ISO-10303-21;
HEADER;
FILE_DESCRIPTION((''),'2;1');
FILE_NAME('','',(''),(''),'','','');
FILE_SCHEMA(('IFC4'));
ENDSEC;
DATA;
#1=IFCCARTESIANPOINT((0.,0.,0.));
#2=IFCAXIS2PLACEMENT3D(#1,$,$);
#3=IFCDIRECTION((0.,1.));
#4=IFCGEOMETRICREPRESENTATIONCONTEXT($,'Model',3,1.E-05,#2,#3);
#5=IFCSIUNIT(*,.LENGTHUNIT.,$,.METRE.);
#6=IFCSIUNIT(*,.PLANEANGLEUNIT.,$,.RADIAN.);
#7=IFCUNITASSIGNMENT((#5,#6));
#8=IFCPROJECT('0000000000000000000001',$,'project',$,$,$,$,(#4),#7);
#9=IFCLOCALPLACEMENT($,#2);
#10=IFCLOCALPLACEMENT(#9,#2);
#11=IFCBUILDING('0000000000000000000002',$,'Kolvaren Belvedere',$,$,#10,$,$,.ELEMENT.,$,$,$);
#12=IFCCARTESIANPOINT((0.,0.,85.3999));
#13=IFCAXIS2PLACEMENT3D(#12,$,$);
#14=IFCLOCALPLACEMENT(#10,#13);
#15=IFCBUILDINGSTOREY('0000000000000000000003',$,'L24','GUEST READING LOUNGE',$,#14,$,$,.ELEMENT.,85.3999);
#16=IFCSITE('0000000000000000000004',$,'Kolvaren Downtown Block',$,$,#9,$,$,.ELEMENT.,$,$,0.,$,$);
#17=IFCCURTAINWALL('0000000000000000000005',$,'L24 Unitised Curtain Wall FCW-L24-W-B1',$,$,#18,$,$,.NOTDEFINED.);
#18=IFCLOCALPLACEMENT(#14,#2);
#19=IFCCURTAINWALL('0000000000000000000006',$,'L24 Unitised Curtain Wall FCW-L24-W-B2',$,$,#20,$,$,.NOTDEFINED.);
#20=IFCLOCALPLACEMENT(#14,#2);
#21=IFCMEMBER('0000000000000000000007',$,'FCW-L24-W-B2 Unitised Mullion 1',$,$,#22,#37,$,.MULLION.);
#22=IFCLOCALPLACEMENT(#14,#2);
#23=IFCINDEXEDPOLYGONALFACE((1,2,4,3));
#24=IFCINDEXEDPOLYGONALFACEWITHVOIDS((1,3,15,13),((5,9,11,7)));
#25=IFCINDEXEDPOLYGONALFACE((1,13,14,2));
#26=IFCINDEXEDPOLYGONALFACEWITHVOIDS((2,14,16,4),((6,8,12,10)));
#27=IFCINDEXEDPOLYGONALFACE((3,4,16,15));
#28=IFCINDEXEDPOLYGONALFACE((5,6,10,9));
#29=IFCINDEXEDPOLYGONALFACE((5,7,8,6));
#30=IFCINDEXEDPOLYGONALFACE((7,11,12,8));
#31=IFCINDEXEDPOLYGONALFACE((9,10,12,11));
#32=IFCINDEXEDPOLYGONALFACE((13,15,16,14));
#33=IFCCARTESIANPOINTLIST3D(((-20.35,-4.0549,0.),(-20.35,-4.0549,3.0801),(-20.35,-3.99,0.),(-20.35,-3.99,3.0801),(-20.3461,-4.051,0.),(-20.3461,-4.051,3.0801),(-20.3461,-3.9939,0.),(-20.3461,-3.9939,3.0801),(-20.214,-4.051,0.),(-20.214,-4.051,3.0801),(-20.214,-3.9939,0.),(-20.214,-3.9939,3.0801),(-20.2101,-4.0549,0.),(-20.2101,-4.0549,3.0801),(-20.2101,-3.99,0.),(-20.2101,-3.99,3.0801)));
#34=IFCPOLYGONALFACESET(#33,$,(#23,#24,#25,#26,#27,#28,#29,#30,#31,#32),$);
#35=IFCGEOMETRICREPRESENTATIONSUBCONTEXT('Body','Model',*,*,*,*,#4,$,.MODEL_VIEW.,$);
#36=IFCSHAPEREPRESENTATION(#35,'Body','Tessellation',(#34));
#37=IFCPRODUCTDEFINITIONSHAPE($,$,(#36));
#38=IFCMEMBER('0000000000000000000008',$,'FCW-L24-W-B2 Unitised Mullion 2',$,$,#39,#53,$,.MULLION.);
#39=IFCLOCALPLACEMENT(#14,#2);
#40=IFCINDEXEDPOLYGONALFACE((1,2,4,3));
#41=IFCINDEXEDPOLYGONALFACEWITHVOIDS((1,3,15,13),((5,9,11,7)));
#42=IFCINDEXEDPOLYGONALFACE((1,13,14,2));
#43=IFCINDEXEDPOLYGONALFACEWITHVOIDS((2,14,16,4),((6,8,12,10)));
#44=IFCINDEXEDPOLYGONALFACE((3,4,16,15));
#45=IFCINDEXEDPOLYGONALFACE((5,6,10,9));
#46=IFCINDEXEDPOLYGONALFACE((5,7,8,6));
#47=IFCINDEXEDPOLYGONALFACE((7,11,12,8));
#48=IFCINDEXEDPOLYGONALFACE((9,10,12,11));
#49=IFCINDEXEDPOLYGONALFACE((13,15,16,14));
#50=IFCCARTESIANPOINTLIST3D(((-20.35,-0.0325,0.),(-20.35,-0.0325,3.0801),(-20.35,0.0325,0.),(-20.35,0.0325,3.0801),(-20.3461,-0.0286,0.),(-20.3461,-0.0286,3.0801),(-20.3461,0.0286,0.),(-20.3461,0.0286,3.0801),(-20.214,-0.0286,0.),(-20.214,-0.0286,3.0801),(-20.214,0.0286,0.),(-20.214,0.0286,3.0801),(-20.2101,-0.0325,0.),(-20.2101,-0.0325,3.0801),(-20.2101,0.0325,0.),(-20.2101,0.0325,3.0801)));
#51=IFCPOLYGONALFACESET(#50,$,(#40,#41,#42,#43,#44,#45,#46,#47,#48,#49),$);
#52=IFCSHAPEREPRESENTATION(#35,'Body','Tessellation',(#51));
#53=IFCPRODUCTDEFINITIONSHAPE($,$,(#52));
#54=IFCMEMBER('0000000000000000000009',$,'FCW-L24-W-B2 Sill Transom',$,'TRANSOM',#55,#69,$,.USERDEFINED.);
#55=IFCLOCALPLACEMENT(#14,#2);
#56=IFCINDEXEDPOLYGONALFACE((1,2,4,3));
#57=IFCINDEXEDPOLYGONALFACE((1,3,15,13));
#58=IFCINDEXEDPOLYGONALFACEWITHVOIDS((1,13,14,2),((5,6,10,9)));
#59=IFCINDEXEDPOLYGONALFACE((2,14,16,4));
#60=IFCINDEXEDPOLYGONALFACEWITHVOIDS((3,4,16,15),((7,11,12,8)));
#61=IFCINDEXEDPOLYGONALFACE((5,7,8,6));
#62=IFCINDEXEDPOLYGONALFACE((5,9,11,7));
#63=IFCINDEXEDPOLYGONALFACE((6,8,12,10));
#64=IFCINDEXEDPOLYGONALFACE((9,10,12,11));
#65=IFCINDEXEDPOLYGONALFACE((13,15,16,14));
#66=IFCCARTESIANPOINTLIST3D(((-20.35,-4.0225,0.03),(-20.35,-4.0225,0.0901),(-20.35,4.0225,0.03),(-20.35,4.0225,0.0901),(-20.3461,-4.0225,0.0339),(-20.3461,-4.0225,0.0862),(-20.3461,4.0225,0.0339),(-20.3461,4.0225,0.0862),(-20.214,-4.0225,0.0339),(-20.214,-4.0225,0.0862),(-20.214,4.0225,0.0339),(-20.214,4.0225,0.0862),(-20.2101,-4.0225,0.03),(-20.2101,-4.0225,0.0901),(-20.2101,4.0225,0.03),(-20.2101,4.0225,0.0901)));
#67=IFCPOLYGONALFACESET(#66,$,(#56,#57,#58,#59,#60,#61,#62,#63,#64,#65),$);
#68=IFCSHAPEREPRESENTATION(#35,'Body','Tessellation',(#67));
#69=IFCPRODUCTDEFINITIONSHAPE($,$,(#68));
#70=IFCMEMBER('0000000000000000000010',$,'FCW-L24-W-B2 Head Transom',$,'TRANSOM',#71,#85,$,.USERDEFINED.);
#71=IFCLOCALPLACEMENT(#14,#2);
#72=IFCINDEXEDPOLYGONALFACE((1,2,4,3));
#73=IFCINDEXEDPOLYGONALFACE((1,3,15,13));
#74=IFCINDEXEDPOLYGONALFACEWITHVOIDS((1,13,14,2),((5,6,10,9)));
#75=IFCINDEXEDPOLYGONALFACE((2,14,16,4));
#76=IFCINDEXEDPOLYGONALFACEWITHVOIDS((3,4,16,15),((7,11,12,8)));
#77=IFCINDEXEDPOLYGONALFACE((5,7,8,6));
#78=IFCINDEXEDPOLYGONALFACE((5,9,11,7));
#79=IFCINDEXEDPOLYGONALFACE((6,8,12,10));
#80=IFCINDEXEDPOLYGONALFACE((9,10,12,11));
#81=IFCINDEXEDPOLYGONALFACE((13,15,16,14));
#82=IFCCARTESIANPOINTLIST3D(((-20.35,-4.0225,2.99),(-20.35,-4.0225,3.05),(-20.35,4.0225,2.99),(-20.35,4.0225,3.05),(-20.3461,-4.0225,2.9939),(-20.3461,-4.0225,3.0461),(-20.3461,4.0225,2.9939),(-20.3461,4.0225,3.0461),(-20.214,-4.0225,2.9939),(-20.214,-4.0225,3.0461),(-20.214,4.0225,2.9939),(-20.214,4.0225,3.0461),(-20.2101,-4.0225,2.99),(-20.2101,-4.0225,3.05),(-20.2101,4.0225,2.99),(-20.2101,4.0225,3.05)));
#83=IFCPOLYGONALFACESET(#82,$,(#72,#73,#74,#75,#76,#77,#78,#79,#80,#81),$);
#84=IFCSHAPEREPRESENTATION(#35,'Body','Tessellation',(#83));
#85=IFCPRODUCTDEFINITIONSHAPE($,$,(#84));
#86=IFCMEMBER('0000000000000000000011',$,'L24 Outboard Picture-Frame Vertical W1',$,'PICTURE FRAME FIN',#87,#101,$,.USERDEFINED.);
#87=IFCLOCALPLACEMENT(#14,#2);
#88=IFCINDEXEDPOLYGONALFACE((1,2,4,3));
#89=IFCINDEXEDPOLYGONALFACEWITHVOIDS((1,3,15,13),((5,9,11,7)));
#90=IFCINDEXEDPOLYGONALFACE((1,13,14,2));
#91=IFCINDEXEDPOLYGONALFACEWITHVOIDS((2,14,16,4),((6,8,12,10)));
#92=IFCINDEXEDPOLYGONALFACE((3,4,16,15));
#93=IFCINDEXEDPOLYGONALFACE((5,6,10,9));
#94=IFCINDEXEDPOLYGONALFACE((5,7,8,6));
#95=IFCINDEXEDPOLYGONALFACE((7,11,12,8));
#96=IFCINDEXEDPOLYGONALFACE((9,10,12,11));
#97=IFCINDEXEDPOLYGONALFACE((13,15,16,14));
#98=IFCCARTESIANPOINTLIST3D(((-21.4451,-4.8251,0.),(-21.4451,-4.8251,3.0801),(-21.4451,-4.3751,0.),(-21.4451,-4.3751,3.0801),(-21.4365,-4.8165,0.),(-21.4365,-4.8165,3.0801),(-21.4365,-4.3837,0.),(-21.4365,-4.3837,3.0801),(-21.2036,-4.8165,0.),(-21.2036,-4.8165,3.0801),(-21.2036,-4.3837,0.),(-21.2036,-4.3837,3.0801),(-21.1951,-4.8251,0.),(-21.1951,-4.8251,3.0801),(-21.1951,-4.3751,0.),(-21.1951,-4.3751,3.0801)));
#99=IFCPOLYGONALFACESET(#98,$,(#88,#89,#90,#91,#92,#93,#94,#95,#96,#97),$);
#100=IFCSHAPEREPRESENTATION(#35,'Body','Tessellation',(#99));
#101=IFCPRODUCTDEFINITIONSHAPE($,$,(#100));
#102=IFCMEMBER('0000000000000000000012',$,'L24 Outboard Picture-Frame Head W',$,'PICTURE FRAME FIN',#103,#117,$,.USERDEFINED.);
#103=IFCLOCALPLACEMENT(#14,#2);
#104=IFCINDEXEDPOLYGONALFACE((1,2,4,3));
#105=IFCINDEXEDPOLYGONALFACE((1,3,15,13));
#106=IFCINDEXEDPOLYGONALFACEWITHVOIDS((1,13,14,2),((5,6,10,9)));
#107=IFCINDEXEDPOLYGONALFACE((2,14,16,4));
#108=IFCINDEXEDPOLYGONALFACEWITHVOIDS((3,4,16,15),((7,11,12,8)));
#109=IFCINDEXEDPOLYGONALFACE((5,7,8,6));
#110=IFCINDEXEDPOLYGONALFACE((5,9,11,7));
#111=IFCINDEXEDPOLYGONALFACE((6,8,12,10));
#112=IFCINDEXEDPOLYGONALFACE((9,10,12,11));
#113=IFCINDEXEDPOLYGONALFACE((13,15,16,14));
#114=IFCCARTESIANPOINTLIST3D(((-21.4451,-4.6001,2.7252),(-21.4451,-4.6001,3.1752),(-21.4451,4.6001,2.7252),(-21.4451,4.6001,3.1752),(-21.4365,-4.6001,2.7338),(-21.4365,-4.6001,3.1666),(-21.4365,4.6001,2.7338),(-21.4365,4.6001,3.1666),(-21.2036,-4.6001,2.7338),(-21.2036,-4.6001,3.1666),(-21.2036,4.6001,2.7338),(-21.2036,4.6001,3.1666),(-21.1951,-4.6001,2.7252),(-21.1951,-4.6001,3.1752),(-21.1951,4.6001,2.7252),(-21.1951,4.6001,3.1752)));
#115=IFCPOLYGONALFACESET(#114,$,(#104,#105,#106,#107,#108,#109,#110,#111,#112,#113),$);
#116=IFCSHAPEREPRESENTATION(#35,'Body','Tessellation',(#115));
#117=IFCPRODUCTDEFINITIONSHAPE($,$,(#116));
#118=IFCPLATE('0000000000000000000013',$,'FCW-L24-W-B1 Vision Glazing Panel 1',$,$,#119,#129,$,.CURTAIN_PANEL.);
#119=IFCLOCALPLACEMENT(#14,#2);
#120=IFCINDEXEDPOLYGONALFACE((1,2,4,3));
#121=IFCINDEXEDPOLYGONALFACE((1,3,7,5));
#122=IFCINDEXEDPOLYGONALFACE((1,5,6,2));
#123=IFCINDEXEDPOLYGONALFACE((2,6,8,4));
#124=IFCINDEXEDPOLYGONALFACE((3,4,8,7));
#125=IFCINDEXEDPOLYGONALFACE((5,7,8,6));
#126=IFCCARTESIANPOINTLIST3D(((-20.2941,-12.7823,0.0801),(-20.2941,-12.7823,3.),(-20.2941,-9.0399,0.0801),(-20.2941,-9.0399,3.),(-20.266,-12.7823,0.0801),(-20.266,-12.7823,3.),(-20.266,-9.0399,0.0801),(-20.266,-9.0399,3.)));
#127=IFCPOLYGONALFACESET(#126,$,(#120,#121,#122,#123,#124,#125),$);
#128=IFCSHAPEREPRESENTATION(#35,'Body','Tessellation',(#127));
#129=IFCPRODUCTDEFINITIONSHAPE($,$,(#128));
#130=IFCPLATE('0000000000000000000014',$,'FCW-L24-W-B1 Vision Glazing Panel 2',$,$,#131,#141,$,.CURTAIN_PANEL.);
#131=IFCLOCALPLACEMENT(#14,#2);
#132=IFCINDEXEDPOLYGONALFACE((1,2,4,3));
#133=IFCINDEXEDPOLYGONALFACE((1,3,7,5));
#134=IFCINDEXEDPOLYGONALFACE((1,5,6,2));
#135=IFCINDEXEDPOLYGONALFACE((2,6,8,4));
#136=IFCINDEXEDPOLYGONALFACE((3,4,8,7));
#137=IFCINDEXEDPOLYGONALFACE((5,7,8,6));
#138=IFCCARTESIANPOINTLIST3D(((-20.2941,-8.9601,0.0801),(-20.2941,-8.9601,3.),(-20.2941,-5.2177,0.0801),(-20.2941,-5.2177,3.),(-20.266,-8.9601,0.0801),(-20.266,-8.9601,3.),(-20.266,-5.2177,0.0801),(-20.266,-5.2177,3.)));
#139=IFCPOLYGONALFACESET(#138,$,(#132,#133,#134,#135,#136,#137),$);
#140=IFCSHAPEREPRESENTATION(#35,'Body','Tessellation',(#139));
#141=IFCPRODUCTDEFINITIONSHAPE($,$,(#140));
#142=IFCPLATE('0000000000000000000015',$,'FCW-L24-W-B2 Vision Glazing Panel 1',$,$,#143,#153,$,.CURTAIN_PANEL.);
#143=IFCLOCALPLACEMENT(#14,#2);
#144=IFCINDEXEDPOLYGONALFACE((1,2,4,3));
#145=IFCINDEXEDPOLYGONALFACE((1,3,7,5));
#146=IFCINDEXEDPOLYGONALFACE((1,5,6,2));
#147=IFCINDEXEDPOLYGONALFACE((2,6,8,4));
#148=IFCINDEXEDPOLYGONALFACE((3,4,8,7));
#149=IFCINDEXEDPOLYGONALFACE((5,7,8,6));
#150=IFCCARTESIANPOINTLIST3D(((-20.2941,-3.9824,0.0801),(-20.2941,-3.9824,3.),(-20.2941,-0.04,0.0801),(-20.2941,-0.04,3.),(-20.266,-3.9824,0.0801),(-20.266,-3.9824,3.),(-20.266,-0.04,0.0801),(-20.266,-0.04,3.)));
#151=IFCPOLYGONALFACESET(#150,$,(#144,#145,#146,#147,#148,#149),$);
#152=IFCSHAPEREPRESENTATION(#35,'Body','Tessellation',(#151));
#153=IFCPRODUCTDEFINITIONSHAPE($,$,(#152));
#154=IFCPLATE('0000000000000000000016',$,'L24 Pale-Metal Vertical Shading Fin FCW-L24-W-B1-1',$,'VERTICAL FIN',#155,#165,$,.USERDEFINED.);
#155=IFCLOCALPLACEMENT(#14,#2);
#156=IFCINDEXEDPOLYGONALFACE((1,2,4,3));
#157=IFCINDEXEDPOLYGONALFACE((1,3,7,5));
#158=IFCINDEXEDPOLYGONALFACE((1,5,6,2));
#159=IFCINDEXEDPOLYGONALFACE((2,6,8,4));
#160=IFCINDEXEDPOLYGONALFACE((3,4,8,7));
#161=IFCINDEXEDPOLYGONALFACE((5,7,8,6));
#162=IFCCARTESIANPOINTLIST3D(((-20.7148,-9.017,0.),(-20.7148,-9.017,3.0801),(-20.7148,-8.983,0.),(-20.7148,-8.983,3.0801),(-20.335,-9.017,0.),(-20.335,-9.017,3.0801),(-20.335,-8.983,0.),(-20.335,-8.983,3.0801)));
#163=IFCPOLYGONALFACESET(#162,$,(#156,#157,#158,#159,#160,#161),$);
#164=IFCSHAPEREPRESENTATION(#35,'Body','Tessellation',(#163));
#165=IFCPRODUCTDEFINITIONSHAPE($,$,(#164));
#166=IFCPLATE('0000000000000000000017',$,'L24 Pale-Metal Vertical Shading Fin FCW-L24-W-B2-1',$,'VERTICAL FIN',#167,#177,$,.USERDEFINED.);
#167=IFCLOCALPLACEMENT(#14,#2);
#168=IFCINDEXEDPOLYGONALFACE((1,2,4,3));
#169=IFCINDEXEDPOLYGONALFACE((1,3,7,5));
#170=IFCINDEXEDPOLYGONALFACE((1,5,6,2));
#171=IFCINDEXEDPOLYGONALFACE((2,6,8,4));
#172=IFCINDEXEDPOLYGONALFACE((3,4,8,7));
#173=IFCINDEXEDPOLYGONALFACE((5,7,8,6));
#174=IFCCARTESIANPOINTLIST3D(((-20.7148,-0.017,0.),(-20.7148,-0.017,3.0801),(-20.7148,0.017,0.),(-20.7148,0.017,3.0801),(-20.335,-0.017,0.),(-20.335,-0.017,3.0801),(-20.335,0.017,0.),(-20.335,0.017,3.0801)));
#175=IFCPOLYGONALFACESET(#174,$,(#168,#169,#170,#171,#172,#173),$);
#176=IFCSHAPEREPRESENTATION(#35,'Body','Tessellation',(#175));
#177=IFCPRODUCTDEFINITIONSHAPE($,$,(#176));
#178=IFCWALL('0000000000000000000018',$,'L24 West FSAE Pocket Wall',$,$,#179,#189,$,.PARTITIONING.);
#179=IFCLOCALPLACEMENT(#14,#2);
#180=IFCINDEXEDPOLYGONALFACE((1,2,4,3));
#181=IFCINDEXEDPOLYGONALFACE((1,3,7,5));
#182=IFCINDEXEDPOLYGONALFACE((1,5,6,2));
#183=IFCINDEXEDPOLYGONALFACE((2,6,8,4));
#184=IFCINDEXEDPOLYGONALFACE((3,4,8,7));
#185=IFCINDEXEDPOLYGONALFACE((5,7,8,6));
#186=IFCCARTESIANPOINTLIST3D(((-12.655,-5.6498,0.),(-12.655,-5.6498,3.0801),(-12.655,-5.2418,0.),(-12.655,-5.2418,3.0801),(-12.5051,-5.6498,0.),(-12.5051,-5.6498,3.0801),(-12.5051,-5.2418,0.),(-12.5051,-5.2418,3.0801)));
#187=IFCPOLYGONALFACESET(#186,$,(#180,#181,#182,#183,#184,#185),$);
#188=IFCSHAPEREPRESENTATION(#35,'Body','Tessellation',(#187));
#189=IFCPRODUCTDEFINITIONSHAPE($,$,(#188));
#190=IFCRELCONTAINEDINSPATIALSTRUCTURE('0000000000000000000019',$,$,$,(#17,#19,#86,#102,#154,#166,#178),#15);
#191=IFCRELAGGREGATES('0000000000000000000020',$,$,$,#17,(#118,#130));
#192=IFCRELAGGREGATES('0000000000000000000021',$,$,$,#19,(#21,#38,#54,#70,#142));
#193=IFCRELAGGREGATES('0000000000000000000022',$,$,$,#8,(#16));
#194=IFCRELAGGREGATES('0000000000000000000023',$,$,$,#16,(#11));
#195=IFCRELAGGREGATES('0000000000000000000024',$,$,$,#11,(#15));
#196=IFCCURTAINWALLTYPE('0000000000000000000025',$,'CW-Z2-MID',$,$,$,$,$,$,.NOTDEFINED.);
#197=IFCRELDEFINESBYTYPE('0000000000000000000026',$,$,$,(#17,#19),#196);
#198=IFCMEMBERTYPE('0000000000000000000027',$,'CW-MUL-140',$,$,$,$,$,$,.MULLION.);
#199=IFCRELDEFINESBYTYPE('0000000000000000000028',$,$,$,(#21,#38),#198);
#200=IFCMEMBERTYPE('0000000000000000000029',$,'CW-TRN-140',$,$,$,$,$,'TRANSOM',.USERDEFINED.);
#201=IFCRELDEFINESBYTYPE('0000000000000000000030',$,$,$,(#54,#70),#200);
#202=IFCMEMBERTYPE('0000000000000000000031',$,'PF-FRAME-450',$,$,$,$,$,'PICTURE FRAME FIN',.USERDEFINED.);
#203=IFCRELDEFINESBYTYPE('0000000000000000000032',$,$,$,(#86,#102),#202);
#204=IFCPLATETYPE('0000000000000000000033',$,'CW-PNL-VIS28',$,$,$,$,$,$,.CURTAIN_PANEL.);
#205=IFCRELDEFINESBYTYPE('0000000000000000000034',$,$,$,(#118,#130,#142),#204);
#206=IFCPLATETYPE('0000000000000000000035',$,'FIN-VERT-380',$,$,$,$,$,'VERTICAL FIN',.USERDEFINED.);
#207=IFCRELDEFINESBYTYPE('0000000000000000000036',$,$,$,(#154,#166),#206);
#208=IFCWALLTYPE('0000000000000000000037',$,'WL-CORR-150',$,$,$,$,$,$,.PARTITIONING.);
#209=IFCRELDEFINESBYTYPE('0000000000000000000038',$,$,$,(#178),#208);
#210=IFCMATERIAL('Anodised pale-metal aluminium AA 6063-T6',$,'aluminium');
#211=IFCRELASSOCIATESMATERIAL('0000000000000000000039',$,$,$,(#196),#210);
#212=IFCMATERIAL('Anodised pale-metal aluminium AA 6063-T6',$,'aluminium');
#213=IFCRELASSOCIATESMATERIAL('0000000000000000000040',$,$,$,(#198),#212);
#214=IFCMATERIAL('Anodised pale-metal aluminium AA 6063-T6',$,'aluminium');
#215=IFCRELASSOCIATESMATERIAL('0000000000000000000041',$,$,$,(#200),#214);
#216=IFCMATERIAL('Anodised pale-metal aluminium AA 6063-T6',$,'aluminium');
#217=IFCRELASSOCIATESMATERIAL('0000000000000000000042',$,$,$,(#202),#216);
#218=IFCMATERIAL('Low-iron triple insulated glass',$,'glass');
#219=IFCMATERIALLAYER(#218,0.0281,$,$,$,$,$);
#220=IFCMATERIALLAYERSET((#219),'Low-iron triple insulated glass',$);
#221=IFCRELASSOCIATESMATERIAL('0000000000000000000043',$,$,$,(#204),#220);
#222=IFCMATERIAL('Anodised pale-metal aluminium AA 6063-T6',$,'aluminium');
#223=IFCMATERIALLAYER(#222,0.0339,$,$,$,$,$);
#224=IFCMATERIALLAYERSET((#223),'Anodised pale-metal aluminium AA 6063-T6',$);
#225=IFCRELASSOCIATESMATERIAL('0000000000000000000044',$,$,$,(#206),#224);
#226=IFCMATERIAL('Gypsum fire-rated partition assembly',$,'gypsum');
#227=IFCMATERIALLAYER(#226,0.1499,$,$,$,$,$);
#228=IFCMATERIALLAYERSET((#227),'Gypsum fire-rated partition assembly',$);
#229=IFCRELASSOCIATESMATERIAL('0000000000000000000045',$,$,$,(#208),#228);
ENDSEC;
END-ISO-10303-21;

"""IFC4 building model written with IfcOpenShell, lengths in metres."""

from ifc_helpers import new_model, si_unit, direction, frame, frame_2d, origin, origin_2d, place, context, subcontext, project, spatial, rectangle, hollow_rectangle, extrude, material, layer, layer_set, material_profile, profile_set, type_object, element, aggregate, save


model = new_model("IFC4")

# Units and contexts
model_context = context("Model", 3, precision=1e-05, world=origin(), true_north=direction((0.0, 1.0)))
body_context = subcontext(model_context, "Body", "Model", "MODEL_VIEW")
ifc_project = project(units=[si_unit("LENGTHUNIT", "METRE"), si_unit("PLANEANGLEUNIT", "RADIAN")], contexts=[model_context])

# Site, building, storey
site_placement = place(None, origin())
site = spatial("IfcSite", under=ifc_project, at=site_placement, Name="Kolvaren Downtown Block", CompositionType="ELEMENT", RefElevation=0.0)
building_placement = place(site_placement, origin())
building = spatial("IfcBuilding", under=site, at=building_placement, Name="Kolvaren Belvedere", CompositionType="ELEMENT")
storey_placement = place(building_placement, frame((0.0, 0.0, 85.3999)))
storey = spatial("IfcBuildingStorey", under=building, at=storey_placement, Name="L24", Description="GUEST READING LOUNGE", CompositionType="ELEMENT", Elevation=85.3999)

# Curtain walls, members
ifc_material_1 = material(Name="Anodised pale-metal aluminium AA 6063-T6", Category="aluminium")
curtain_wall_type = type_object("IfcCurtainWallType", Name="CW-Z2-MID", PredefinedType="NOTDEFINED", material=ifc_material_1)
curtain_wall_1_placement = place(storey_placement, origin())
curtain_wall_1 = element("IfcCurtainWall", 1, at=curtain_wall_1_placement, inside=storey, type_object=curtain_wall_type, Name="L24 Unitised Curtain Wall FCW-L24-W-B1", PredefinedType="NOTDEFINED")
ifc_material_2 = material(Name="Anodised pale-metal aluminium AA 6063-T6", Category="aluminium")
ifc_material_profile_1 = material_profile(ifc_material_2, hollow_rectangle(XDim=0.0649, YDim=0.1399, WallThickness=0.0039, at=origin_2d()), Name="ALU-MUL-140X65")
ifc_profile_set_1 = profile_set([ifc_material_profile_1], Name="Anodised pale-metal aluminium AA 6063-T6")
member_type_1 = type_object("IfcMemberType", Name="CW-MUL-140", PredefinedType="MULLION", material=ifc_profile_set_1)
curtain_wall_2_placement = place(storey_placement, origin())
curtain_wall_2 = element("IfcCurtainWall", 2, at=curtain_wall_2_placement, inside=storey, type_object=curtain_wall_type, Name="L24 Unitised Curtain Wall FCW-L24-W-B2", PredefinedType="NOTDEFINED")
member_1_placement = place(storey_placement, frame((-20.28, -4.0225, 0.0), z_axis=(0.0, 0.0, 1.0), x_axis=(0.0, 1.0, 0.0)))
member_1 = element("IfcMember", 3, at=member_1_placement, type_object=member_type_1, Name="FCW-L24-W-B2 Unitised Mullion 1", PredefinedType="MULLION", context=body_context, shape_type="SweptSolid", body=[
    extrude(hollow_rectangle(XDim=0.0649, YDim=0.1399, WallThickness=0.0039, at=origin_2d()), origin(), (0.0, 0.0, 1.0), 3.0801),
])
member_2_placement = place(storey_placement, frame((-20.28, 0.0, 0.0), z_axis=(0.0, 0.0, 1.0), x_axis=(0.0, 1.0, 0.0)))
member_2 = element("IfcMember", 4, at=member_2_placement, type_object=member_type_1, Name="FCW-L24-W-B2 Unitised Mullion 2", PredefinedType="MULLION", context=body_context, shape_type="SweptSolid", body=[
    extrude(hollow_rectangle(XDim=0.0649, YDim=0.1399, WallThickness=0.0039, at=origin_2d()), origin(), (0.0, 0.0, 1.0), 3.0801),
])
ifc_material_3 = material(Name="Anodised pale-metal aluminium AA 6063-T6", Category="aluminium")
ifc_material_profile_2 = material_profile(ifc_material_3, hollow_rectangle(XDim=0.0601, YDim=0.1399, WallThickness=0.0039, at=origin_2d()), Name="ALU-TRN-140X60")
ifc_profile_set_2 = profile_set([ifc_material_profile_2], Name="Anodised pale-metal aluminium AA 6063-T6")
member_type_2 = type_object("IfcMemberType", Name="CW-TRN-140", ElementType="TRANSOM", PredefinedType="USERDEFINED", material=ifc_profile_set_2)
member_3_placement = place(storey_placement, frame((-20.28, -4.0225, 0.0601), z_axis=(0.0, 1.0, 0.0), x_axis=(0.0, 0.0, 1.0)))
member_3 = element("IfcMember", 5, at=member_3_placement, type_object=member_type_2, Name="FCW-L24-W-B2 Sill Transom", ObjectType="TRANSOM", PredefinedType="USERDEFINED", context=body_context, shape_type="SweptSolid", body=[
    extrude(hollow_rectangle(XDim=0.0601, YDim=0.1399, WallThickness=0.0039, at=origin_2d()), origin(), (0.0, 0.0, 1.0), 8.0449),
])
member_4_placement = place(storey_placement, frame((-20.28, -4.0225, 3.02), z_axis=(0.0, 1.0, 0.0), x_axis=(0.0, 0.0, 1.0)))
member_4 = element("IfcMember", 6, at=member_4_placement, type_object=member_type_2, Name="FCW-L24-W-B2 Head Transom", ObjectType="TRANSOM", PredefinedType="USERDEFINED", context=body_context, shape_type="SweptSolid", body=[
    extrude(hollow_rectangle(XDim=0.0601, YDim=0.1399, WallThickness=0.0039, at=origin_2d()), origin(), (0.0, 0.0, 1.0), 8.0449),
])

# Members
ifc_material_4 = material(Name="Anodised pale-metal aluminium AA 6063-T6", Category="aluminium")
ifc_material_profile_3 = material_profile(ifc_material_4, hollow_rectangle(XDim=0.25, YDim=0.45, WallThickness=0.0085, at=origin_2d()), Name="ALU-PF-450X250")
ifc_profile_set_3 = profile_set([ifc_material_profile_3], Name="Anodised pale-metal aluminium AA 6063-T6")
member_type_3 = type_object("IfcMemberType", Name="PF-FRAME-450", ElementType="PICTURE FRAME FIN", PredefinedType="USERDEFINED", material=ifc_profile_set_3)
member_5_placement = place(storey_placement, frame((-21.3201, -4.6001, 0.0), z_axis=(0.0, 0.0, 1.0), x_axis=(1.0, 0.0, 0.0)))
element("IfcMember", 7, at=member_5_placement, inside=storey, type_object=member_type_3, Name="L24 Outboard Picture-Frame Vertical W1", ObjectType="PICTURE FRAME FIN", PredefinedType="USERDEFINED", context=body_context, shape_type="SweptSolid", body=[
    extrude(hollow_rectangle(XDim=0.25, YDim=0.45, WallThickness=0.0085, at=origin_2d()), origin(), (0.0, 0.0, 1.0), 3.0801),
])
member_6_placement = place(storey_placement, frame((-21.3201, -4.6001, 2.9502), z_axis=(0.0, 1.0, 0.0), x_axis=(-1.0, 0.0, 0.0)))
element("IfcMember", 8, at=member_6_placement, inside=storey, type_object=member_type_3, Name="L24 Outboard Picture-Frame Head W", ObjectType="PICTURE FRAME FIN", PredefinedType="USERDEFINED", context=body_context, shape_type="SweptSolid", body=[
    extrude(hollow_rectangle(XDim=0.25, YDim=0.45, WallThickness=0.0085, at=origin_2d()), origin(), (0.0, 0.0, 1.0), 9.2002),
])

# Plates
ifc_material_5 = material(Name="Low-iron triple insulated glass", Category="glass")
ifc_layer_1 = layer(ifc_material_5, 0.0281)
ifc_layer_set_1 = layer_set([ifc_layer_1], Name="Low-iron triple insulated glass")
plate_type_1 = type_object("IfcPlateType", Name="CW-PNL-VIS28", PredefinedType="CURTAIN_PANEL", material=ifc_layer_set_1)
plate_1_placement = place(storey_placement, frame((-20.28, -10.9111, 0.0801), z_axis=(0.0, 0.0, 1.0), x_axis=(0.0, 1.0, 0.0)))
plate_1 = element("IfcPlate", 9, at=plate_1_placement, type_object=plate_type_1, Name="FCW-L24-W-B1 Vision Glazing Panel 1", PredefinedType="CURTAIN_PANEL", context=body_context, shape_type="SweptSolid", body=[
    extrude(rectangle(XDim=3.7424, YDim=0.0281, at=origin_2d()), origin(), (0.0, 0.0, 1.0), 2.9199),
])
plate_2_placement = place(storey_placement, frame((-20.28, -7.0889, 0.0801), z_axis=(0.0, 0.0, 1.0), x_axis=(0.0, 1.0, 0.0)))
plate_2 = element("IfcPlate", 10, at=plate_2_placement, type_object=plate_type_1, Name="FCW-L24-W-B1 Vision Glazing Panel 2", PredefinedType="CURTAIN_PANEL", context=body_context, shape_type="SweptSolid", body=[
    extrude(rectangle(XDim=3.7424, YDim=0.0281, at=origin_2d()), origin(), (0.0, 0.0, 1.0), 2.9199),
])
aggregate(curtain_wall_1, [plate_1, plate_2])
plate_3_placement = place(storey_placement, frame((-20.28, -2.0112, 0.0801), z_axis=(0.0, 0.0, 1.0), x_axis=(0.0, 1.0, 0.0)))
plate_3 = element("IfcPlate", 11, at=plate_3_placement, type_object=plate_type_1, Name="FCW-L24-W-B2 Vision Glazing Panel 1", PredefinedType="CURTAIN_PANEL", context=body_context, shape_type="SweptSolid", body=[
    extrude(rectangle(XDim=3.9424, YDim=0.0281, at=origin_2d()), origin(), (0.0, 0.0, 1.0), 2.9199),
])
aggregate(curtain_wall_2, [member_1, member_2, member_3, member_4, plate_3])

# Plates
ifc_material_6 = material(Name="Anodised pale-metal aluminium AA 6063-T6", Category="aluminium")
ifc_layer_2 = layer(ifc_material_6, 0.0339)
ifc_layer_set_2 = layer_set([ifc_layer_2], Name="Anodised pale-metal aluminium AA 6063-T6")
plate_type_2 = type_object("IfcPlateType", Name="FIN-VERT-380", ElementType="VERTICAL FIN", PredefinedType="USERDEFINED", material=ifc_layer_set_2)
for number, where, z_axis, x_axis, name in (
    (12, (-20.5249, -9.0, 0.0), (0.0, 0.0, 1.0), (1.0, 0.0, 0.0), "L24 Pale-Metal Vertical Shading Fin FCW-L24-W-B1-1"),
    (13, (-20.5249, 0.0, 0.0), (0.0, 0.0, 1.0), (1.0, 0.0, 0.0), "L24 Pale-Metal Vertical Shading Fin FCW-L24-W-B2-1"),
):
    element("IfcPlate", number, at=place(storey_placement, frame(where, z_axis=z_axis, x_axis=x_axis)), inside=storey, type_object=plate_type_2, Name=name, ObjectType="VERTICAL FIN", PredefinedType="USERDEFINED", context=body_context, shape_type="SweptSolid", body=[
        extrude(rectangle(XDim=0.3799, YDim=0.0339, at=origin_2d()), origin(), (0.0, 0.0, 1.0), 3.0801),
    ])

# Wall
ifc_material_7 = material(Name="Gypsum fire-rated partition assembly", Category="gypsum")
ifc_layer_3 = layer(ifc_material_7, 0.1499)
ifc_layer_set_3 = layer_set([ifc_layer_3], Name="Gypsum fire-rated partition assembly")
wall_type_1 = type_object("IfcWallType", Name="WL-CORR-150", PredefinedType="PARTITIONING", material=ifc_layer_set_3)
wall_1_placement = place(storey_placement, frame((-12.5801, -5.6499, 0.0), z_axis=(0.0, 0.0, 1.0), x_axis=(0.0, 1.0, 0.0)))
element("IfcWall", 14, at=wall_1_placement, inside=storey, type_object=wall_type_1, Name="L24 West FSAE Pocket Wall", PredefinedType="PARTITIONING", context=body_context, shape_type="SweptSolid", body=[
    extrude(rectangle(XDim=0.408, YDim=0.1499, at=frame_2d((0.2041, 0.0))), origin(), (0.0, 0.0, 1.0), 3.0801),
])

save(model, "model.ifc")
